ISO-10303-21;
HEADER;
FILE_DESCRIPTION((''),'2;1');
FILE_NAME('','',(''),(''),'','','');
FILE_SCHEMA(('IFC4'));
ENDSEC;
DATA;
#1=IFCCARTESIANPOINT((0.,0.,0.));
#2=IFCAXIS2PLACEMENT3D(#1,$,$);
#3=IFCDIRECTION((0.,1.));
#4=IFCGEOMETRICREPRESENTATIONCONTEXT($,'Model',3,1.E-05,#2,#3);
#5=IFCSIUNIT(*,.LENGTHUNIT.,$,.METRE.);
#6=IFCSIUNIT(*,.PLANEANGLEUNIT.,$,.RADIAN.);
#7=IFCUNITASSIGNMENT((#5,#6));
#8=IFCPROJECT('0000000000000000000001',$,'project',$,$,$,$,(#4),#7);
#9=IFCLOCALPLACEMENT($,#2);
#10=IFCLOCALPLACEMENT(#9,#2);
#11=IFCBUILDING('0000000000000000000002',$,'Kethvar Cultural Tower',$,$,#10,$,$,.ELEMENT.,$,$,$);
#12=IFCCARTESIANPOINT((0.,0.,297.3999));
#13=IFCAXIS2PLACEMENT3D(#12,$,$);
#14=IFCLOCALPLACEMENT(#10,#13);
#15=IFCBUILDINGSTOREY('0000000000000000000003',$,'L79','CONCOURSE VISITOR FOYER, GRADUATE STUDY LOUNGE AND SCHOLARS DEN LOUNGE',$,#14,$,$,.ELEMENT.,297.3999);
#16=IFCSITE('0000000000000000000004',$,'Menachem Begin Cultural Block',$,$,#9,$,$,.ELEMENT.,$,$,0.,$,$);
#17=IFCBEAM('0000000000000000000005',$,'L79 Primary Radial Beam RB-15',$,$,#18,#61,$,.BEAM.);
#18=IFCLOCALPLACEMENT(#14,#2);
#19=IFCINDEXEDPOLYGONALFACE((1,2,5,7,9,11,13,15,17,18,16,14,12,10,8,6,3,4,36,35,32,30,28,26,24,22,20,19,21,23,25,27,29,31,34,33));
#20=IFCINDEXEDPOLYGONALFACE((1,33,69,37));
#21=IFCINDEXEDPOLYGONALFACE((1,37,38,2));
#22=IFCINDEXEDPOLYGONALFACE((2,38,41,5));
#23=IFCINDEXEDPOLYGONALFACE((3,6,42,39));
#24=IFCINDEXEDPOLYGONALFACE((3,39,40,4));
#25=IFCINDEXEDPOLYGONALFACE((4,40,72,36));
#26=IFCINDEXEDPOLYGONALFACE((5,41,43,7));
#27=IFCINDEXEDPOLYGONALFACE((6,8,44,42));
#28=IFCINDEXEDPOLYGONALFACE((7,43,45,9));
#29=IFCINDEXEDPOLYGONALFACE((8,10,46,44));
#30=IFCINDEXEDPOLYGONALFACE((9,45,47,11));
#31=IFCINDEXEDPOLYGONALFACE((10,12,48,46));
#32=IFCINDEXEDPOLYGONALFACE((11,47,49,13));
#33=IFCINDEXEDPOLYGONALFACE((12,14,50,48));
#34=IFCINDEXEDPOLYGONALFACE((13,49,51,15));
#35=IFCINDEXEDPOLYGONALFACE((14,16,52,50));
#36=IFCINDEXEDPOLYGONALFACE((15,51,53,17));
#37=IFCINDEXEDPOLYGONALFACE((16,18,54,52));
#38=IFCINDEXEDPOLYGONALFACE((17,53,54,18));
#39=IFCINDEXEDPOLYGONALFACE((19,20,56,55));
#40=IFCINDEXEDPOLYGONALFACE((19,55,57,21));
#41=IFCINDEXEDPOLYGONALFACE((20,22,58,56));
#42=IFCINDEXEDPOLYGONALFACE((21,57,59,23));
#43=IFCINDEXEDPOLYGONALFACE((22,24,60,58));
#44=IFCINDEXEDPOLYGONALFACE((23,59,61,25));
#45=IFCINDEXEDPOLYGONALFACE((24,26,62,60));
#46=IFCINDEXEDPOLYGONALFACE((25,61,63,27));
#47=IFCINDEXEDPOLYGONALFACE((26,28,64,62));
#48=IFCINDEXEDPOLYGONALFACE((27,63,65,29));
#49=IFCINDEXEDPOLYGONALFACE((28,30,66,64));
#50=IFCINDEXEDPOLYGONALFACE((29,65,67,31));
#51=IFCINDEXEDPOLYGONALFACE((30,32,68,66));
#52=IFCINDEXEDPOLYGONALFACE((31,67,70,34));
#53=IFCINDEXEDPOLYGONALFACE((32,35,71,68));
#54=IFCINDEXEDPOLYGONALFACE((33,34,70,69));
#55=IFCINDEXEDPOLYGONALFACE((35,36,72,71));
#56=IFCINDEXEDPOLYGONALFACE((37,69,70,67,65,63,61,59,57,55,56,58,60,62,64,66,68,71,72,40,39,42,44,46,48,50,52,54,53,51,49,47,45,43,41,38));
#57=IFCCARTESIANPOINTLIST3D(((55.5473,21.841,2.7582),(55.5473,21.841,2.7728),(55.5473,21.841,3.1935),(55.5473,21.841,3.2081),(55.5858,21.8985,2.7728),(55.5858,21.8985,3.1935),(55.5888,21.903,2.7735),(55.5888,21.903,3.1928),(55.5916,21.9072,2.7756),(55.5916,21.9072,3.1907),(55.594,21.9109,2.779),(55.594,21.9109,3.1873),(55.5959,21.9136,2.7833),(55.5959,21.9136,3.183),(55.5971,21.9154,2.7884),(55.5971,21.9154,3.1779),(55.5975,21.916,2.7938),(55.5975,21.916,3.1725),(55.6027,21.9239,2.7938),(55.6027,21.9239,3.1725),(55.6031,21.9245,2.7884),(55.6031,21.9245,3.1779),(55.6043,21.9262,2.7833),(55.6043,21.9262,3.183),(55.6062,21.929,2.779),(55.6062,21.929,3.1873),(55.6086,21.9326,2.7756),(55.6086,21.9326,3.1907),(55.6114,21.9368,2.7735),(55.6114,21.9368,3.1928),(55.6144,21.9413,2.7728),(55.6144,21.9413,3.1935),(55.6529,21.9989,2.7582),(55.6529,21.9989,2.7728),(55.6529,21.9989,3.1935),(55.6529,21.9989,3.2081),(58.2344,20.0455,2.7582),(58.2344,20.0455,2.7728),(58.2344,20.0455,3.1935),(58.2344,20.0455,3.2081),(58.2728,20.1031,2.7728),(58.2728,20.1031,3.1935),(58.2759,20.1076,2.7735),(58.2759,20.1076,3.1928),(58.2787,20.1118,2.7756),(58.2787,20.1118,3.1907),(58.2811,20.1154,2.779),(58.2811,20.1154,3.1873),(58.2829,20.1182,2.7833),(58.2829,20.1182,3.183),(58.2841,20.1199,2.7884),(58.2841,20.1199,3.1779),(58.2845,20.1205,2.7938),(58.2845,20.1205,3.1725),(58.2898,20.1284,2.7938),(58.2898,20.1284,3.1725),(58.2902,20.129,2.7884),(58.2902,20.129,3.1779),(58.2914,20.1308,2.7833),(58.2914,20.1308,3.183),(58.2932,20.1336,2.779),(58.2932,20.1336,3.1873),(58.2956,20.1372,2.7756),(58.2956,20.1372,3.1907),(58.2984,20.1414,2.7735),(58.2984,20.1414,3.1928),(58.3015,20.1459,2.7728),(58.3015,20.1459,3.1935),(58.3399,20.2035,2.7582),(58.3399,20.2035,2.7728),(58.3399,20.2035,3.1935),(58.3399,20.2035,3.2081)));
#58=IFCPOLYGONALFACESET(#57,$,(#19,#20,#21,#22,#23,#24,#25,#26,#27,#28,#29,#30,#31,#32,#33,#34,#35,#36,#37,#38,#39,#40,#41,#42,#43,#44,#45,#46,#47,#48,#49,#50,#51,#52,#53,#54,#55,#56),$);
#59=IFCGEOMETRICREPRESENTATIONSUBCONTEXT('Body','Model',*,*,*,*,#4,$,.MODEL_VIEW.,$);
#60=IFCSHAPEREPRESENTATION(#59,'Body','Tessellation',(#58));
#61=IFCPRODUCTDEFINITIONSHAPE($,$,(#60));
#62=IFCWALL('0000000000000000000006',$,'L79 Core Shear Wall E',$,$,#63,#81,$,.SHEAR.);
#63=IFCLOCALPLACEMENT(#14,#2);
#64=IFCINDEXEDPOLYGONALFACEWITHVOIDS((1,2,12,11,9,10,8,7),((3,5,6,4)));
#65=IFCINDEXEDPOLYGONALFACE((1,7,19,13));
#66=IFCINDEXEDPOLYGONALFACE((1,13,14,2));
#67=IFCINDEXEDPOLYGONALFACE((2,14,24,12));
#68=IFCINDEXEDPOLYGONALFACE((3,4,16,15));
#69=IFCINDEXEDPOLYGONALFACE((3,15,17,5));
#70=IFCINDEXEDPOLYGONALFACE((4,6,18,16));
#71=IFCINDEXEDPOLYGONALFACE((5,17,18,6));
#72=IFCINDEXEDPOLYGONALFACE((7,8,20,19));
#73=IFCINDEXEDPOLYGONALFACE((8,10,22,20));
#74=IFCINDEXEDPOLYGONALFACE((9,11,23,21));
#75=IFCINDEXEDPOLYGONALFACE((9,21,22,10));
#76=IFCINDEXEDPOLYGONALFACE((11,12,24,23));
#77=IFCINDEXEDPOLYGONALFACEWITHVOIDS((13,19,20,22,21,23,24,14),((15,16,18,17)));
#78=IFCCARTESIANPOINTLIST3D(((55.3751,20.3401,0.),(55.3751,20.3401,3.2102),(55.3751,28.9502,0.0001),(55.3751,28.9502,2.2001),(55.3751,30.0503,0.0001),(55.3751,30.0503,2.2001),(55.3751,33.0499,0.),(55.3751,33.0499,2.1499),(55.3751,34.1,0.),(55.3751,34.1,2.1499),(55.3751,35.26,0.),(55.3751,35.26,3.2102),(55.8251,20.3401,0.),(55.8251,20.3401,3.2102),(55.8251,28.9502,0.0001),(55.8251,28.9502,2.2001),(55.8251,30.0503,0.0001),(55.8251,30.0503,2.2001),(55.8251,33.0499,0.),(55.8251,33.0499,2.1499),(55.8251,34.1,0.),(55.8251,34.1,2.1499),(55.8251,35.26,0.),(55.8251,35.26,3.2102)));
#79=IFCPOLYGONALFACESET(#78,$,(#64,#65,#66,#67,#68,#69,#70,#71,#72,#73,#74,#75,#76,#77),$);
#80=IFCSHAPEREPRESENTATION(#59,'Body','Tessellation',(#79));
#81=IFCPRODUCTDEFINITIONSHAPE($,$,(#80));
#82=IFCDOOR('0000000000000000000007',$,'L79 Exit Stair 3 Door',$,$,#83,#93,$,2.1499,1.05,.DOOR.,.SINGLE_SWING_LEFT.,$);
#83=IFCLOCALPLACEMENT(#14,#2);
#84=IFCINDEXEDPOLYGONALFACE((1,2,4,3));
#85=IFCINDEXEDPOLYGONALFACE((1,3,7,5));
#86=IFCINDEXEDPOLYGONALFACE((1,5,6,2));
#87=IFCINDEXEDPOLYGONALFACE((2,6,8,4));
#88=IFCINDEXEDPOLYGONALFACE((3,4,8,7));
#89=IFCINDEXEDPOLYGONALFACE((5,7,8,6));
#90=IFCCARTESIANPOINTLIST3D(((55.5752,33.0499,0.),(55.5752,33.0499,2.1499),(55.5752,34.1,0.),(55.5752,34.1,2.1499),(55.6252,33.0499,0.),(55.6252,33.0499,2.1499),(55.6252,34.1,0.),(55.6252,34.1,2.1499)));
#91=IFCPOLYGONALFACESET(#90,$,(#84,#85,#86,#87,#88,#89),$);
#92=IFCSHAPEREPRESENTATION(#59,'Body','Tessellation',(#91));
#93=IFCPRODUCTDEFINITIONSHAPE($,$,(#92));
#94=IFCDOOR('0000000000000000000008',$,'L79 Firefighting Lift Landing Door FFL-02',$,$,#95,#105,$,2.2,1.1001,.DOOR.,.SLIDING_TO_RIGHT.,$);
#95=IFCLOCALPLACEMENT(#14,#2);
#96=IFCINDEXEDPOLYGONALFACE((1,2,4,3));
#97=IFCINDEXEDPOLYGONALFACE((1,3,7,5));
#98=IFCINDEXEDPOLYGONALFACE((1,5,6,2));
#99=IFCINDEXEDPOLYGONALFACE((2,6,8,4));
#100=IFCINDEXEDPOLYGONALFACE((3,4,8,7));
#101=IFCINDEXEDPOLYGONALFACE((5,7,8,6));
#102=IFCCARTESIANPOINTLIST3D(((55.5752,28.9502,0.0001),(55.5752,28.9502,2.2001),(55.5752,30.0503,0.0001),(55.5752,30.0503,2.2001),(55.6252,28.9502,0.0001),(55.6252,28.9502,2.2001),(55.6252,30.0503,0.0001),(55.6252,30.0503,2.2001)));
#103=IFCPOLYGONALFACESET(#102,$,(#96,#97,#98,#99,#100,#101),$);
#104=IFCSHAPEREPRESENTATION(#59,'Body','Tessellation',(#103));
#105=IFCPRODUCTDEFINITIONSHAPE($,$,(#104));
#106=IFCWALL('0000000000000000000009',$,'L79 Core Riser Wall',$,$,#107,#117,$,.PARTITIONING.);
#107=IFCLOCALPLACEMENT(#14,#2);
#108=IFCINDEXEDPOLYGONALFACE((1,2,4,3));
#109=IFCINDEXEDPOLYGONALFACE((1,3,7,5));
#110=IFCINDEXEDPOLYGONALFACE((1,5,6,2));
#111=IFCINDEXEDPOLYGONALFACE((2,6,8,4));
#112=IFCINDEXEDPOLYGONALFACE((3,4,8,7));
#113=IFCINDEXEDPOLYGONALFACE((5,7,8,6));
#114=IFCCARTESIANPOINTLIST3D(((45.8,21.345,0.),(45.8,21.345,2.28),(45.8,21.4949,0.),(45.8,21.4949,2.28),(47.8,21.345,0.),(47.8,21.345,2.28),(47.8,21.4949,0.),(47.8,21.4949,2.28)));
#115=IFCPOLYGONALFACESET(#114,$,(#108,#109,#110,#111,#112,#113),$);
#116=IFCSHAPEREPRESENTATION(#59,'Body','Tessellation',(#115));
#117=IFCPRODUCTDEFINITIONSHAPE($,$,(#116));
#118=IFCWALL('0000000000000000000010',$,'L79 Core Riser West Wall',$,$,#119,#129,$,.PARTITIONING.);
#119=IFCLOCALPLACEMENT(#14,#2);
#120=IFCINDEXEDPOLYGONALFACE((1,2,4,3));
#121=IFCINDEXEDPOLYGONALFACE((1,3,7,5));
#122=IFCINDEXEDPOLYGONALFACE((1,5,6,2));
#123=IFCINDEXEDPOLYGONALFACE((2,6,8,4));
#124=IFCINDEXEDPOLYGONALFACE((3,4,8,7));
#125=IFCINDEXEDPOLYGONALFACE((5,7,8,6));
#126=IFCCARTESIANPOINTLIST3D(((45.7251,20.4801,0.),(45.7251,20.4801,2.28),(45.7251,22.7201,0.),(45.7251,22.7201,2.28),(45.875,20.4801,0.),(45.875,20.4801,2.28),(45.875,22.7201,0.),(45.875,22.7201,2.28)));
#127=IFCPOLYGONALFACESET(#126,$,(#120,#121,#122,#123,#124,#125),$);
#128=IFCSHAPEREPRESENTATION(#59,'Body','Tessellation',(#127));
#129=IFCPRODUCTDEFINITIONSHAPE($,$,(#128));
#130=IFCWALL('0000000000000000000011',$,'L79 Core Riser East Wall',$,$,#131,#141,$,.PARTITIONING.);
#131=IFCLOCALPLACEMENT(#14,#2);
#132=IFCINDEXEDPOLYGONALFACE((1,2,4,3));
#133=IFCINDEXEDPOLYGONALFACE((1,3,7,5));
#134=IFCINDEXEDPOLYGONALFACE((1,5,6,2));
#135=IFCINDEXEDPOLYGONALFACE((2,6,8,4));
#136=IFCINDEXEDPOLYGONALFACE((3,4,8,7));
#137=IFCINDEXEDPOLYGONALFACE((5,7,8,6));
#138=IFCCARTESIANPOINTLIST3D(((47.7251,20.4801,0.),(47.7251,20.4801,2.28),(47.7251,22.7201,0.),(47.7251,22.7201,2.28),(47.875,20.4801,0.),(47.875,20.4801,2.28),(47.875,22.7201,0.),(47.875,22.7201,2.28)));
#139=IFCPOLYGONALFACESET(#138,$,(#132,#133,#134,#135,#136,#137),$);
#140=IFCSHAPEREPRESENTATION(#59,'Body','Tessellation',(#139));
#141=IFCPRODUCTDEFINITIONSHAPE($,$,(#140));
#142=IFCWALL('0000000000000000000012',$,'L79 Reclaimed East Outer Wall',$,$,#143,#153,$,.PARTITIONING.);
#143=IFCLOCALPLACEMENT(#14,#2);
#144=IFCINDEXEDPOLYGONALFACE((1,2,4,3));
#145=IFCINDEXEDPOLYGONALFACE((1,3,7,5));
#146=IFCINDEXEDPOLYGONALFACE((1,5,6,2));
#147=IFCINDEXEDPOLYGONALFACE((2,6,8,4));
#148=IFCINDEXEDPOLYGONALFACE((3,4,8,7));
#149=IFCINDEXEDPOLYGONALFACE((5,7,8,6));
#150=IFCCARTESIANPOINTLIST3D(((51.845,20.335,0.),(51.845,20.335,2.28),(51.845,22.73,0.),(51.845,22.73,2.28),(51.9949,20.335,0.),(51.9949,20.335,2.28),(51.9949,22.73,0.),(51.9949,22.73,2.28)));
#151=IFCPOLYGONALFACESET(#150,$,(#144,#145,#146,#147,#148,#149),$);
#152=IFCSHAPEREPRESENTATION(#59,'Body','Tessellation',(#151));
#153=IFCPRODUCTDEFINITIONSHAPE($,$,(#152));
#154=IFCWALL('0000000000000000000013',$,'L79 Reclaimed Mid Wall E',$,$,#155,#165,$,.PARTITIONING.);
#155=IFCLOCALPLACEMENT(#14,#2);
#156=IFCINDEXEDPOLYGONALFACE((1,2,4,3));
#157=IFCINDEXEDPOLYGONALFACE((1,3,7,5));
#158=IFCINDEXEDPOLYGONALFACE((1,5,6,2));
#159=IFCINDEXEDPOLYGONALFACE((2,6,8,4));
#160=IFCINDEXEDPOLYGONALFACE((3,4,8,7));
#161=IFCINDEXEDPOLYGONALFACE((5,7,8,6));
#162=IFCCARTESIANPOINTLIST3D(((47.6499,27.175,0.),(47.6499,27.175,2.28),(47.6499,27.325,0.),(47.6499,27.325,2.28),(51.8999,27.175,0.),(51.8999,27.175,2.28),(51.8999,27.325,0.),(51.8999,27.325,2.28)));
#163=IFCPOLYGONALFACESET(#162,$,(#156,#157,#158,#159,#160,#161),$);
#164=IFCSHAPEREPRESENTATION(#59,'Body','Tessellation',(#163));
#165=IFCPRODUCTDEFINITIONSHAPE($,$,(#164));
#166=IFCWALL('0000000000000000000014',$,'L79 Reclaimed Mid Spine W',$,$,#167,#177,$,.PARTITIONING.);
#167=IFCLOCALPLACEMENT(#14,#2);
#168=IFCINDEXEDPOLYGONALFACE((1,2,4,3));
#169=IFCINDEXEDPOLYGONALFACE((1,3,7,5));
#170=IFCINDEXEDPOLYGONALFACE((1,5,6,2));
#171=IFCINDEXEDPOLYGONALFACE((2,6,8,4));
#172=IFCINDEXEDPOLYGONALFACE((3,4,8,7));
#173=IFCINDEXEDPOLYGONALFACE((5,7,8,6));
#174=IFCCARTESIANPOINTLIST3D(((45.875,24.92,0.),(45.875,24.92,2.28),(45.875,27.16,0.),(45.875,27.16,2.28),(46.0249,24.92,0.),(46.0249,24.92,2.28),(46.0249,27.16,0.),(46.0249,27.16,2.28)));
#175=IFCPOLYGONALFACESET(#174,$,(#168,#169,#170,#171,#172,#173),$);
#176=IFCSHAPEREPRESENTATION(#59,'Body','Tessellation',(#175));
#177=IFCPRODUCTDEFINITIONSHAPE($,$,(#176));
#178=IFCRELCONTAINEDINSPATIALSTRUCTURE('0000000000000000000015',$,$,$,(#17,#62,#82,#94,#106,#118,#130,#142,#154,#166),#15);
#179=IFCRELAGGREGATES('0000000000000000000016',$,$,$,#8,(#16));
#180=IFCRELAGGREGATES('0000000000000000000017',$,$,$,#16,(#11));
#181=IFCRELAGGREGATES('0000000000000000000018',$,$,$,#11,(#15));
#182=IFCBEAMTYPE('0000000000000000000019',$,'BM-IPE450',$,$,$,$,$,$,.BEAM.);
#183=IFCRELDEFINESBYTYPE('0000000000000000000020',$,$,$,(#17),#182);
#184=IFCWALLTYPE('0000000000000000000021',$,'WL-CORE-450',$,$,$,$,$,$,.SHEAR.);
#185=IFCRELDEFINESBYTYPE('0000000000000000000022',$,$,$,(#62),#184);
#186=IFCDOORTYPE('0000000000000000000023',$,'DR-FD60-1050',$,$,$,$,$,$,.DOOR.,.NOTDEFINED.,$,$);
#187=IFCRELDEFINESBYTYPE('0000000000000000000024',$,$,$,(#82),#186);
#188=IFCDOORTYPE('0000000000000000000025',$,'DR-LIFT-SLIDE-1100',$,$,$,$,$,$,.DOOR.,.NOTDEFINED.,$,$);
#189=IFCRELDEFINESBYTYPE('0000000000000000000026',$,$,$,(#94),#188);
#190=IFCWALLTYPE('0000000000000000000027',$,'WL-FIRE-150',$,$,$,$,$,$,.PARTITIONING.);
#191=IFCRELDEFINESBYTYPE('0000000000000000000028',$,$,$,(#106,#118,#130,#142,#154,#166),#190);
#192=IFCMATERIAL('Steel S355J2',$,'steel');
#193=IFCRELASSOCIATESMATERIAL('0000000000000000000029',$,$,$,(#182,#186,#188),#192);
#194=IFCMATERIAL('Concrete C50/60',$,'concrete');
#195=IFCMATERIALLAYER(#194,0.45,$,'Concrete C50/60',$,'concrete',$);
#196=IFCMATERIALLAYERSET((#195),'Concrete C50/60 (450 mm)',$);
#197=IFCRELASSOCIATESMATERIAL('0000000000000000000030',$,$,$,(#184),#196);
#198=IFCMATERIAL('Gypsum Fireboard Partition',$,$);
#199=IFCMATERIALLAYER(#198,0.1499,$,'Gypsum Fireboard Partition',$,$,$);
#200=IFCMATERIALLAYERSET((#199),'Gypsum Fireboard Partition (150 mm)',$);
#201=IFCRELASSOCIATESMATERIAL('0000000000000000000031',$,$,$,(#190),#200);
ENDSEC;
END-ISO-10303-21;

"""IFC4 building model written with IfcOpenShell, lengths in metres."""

from ifc_helpers import new_model, si_unit, direction, frame, frame_2d, origin, origin_2d, place, context, subcontext, project, spatial, rectangle, i_section, extrude, source, transform, mapped, material, layer, layer_set, material_profile, profile_set, type_object, element, fill, save


model = new_model("IFC4")

# Units and contexts
model_context = context("Model", 3, precision=1e-05, world=origin(), true_north=direction((0.0, 1.0)))
body_context = subcontext(model_context, "Body", "Model", "MODEL_VIEW")
ifc_project = project(units=[si_unit("LENGTHUNIT", "METRE"), si_unit("PLANEANGLEUNIT", "RADIAN")], contexts=[model_context])

# Site, building, storey
site_placement = place(None, origin())
site = spatial("IfcSite", under=ifc_project, at=site_placement, Name="Menachem Begin Cultural Block", CompositionType="ELEMENT", RefElevation=0.0)
building_placement = place(site_placement, origin())
building = spatial("IfcBuilding", under=site, at=building_placement, Name="Kethvar Cultural Tower", CompositionType="ELEMENT")
storey_placement = place(building_placement, frame((0.0, 0.0, 297.3999)))
storey = spatial("IfcBuildingStorey", under=building, at=storey_placement, Name="L79", Description="CONCOURSE VISITOR FOYER, GRADUATE STUDY LOUNGE AND SCHOLARS DEN LOUNGE", CompositionType="ELEMENT", Elevation=297.3999)

# Beam
ifc_material_1 = material(Name="Steel S355J2", Category="steel")
ifc_material_profile = material_profile(ifc_material_1, i_section(OverallWidth=0.1899, OverallDepth=0.45, WebThickness=0.0095, FlangeThickness=0.0146, FilletRadius=0.021, at=origin_2d()), Name="Steel S355J2 — IPE450")
ifc_profile_set = profile_set([ifc_material_profile], Name="Steel S355J2 — IPE450")
beam_type = type_object("IfcBeamType", Name="BM-IPE450", PredefinedType="BEAM", material=ifc_profile_set)
shared_shape_1 = source(origin(), body_context, "Body", "SweptSolid", [
    extrude(i_section(OverallWidth=0.1899, OverallDepth=0.45, WebThickness=0.0095, FlangeThickness=0.0146, FilletRadius=0.021, at=origin_2d()), origin(), (0.0, 0.0, 1.0), 3.2317),
])
beam_placement = place(storey_placement, frame((55.6001, 21.9199, 2.9832), z_axis=(0.831469, -0.555572, 0.0), x_axis=(0.555572, 0.831469, 0.0)))
element("IfcBeam", 1, at=beam_placement, inside=storey, type_object=beam_type, Name="L79 Primary Radial Beam RB-15", PredefinedType="BEAM", context=body_context, shape_type="MappedRepresentation", body=[
    mapped(shared_shape_1, transform((0.0, 0.0, 0.0), scale=1.0)),
])

# Wall, openings, doors
ifc_material_2 = material(Name="Concrete C50/60", Category="concrete")
ifc_layer_1 = layer(ifc_material_2, 0.45, Name="Concrete C50/60", Category="concrete")
ifc_layer_set_1 = layer_set([ifc_layer_1], Name="Concrete C50/60 (450 mm)")
wall_type_1 = type_object("IfcWallType", Name="WL-CORE-450", PredefinedType="SHEAR", material=ifc_layer_set_1)
wall_1_placement = place(storey_placement, frame((55.6001, 20.3401, 0.0), z_axis=(0.0, 0.0, 1.0), x_axis=(0.0, 1.0, 0.0)))
wall_1 = element("IfcWall", 2, at=wall_1_placement, inside=storey, type_object=wall_type_1, Name="L79 Core Shear Wall E", PredefinedType="SHEAR", context=body_context, shape_type="SweptSolid", body=[
    extrude(rectangle(XDim=14.9199, YDim=0.45, at=frame_2d((7.46, 0.0))), origin(), (0.0, 0.0, 1.0), 3.2102),
])
opening_1_placement = place(wall_1_placement, frame((12.71, 0.0, 0.0)))
opening_1 = element("IfcOpeningElement", 3, at=opening_1_placement, cuts=wall_1, PredefinedType="OPENING", context=body_context, shape_type="SweptSolid", body=[
    extrude(rectangle(XDim=1.05, YDim=2.1499, at=frame_2d((0.5249, 1.075))), frame((0.0, 0.2349, 0.0), z_axis=(0.0, -1.0, 0.0), x_axis=(1.0, 0.0, 0.0)), (0.0, 0.0, 1.0), 0.47),
])
opening_2_placement = place(wall_1_placement, frame((8.6101, 0.0, 0.0)))
opening_2 = element("IfcOpeningElement", 4, at=opening_2_placement, cuts=wall_1, PredefinedType="OPENING", context=body_context, shape_type="SweptSolid", body=[
    extrude(rectangle(XDim=1.1001, YDim=2.2, at=frame_2d((0.55, 1.1001))), frame((0.0, 0.2349, 0.0), z_axis=(0.0, -1.0, 0.0), x_axis=(1.0, 0.0, 0.0)), (0.0, 0.0, 1.0), 0.47),
])
door_type_1 = type_object("IfcDoorType", Name="DR-FD60-1050", OperationType="NOTDEFINED", PredefinedType="DOOR", material=ifc_material_1)
shared_shape_2 = source(origin(), body_context, "Body", "SweptSolid", [
    extrude(rectangle(XDim=1.05, YDim=2.1499, at=frame_2d((0.5249, 1.075))), frame((0.0, 0.0249, 0.0), z_axis=(0.0, -1.0, 0.0), x_axis=(1.0, 0.0, 0.0)), (0.0, 0.0, 1.0), 0.05),
])
door_1_placement = place(opening_1_placement, origin())
door_1 = element("IfcDoor", 5, at=door_1_placement, inside=storey, type_object=door_type_1, Name="L79 Exit Stair 3 Door", OperationType="SINGLE_SWING_LEFT", OverallHeight=2.1499, OverallWidth=1.05, PredefinedType="DOOR", context=body_context, shape_type="MappedRepresentation", body=[
    mapped(shared_shape_2, transform((0.0, 0.0, 0.0), scale=1.0)),
])
fill(opening_1, door_1)
door_type_2 = type_object("IfcDoorType", Name="DR-LIFT-SLIDE-1100", OperationType="NOTDEFINED", PredefinedType="DOOR", material=ifc_material_1)
shared_shape_3 = source(origin(), body_context, "Body", "SweptSolid", [
    extrude(rectangle(XDim=1.1001, YDim=2.2, at=frame_2d((0.55, 1.1001))), frame((0.0, 0.0249, 0.0), z_axis=(0.0, -1.0, 0.0), x_axis=(1.0, 0.0, 0.0)), (0.0, 0.0, 1.0), 0.05),
])
door_2_placement = place(opening_2_placement, origin())
door_2 = element("IfcDoor", 6, at=door_2_placement, inside=storey, type_object=door_type_2, Name="L79 Firefighting Lift Landing Door FFL-02", OperationType="SLIDING_TO_RIGHT", OverallHeight=2.2, OverallWidth=1.1001, PredefinedType="DOOR", context=body_context, shape_type="MappedRepresentation", body=[
    mapped(shared_shape_3, transform((0.0, 0.0, 0.0), scale=1.0)),
])
fill(opening_2, door_2)

# Walls
ifc_material_3 = material(Name="Gypsum Fireboard Partition")
ifc_layer_2 = layer(ifc_material_3, 0.1499, Name="Gypsum Fireboard Partition")
ifc_layer_set_2 = layer_set([ifc_layer_2], Name="Gypsum Fireboard Partition (150 mm)")
wall_type_2 = type_object("IfcWallType", Name="WL-FIRE-150", PredefinedType="PARTITIONING", material=ifc_layer_set_2)
wall_2_placement = place(storey_placement, frame((45.8, 21.4199, 0.0), z_axis=(0.0, 0.0, 1.0), x_axis=(1.0, 0.0, 0.0)))
element("IfcWall", 7, at=wall_2_placement, inside=storey, type_object=wall_type_2, Name="L79 Core Riser Wall", PredefinedType="PARTITIONING", context=body_context, shape_type="SweptSolid", body=[
    extrude(rectangle(XDim=2.0, YDim=0.1499, at=frame_2d((1.0, 0.0))), origin(), (0.0, 0.0, 1.0), 2.28),
])
for number, where, z_axis, x_axis, name in (
    (8, (45.8, 20.48, 0.0), (0.0, 0.0, 1.0), (0.0, 1.0, 0.0), "L79 Core Riser West Wall"),
    (9, (47.8, 20.48, 0.0), (0.0, 0.0, 1.0), (0.0, 1.0, 0.0), "L79 Core Riser East Wall"),
):
    element("IfcWall", number, at=place(storey_placement, frame(where, z_axis=z_axis, x_axis=x_axis)), inside=storey, type_object=wall_type_2, Name=name, PredefinedType="PARTITIONING", context=body_context, shape_type="SweptSolid", body=[
        extrude(rectangle(XDim=2.24, YDim=0.1499, at=frame_2d((1.1201, 0.0))), origin(), (0.0, 0.0, 1.0), 2.28),
    ])
wall_3_placement = place(storey_placement, frame((51.9199, 20.335, 0.0), z_axis=(0.0, 0.0, 1.0), x_axis=(0.0, 1.0, 0.0)))
element("IfcWall", 10, at=wall_3_placement, inside=storey, type_object=wall_type_2, Name="L79 Reclaimed East Outer Wall", PredefinedType="PARTITIONING", context=body_context, shape_type="SweptSolid", body=[
    extrude(rectangle(XDim=2.395, YDim=0.1499, at=frame_2d((1.1975, 0.0))), origin(), (0.0, 0.0, 1.0), 2.28),
])
wall_4_placement = place(storey_placement, frame((47.6499, 27.25, 0.0), z_axis=(0.0, 0.0, 1.0), x_axis=(1.0, 0.0, 0.0)))
element("IfcWall", 11, at=wall_4_placement, inside=storey, type_object=wall_type_2, Name="L79 Reclaimed Mid Wall E", PredefinedType="PARTITIONING", context=body_context, shape_type="SweptSolid", body=[
    extrude(rectangle(XDim=4.25, YDim=0.1499, at=frame_2d((2.125, 0.0))), origin(), (0.0, 0.0, 1.0), 2.28),
])
for number, where, z_axis, x_axis, name in (
    (12, (45.95, 24.9199, 0.0), (0.0, 0.0, 1.0), (0.0, 1.0, 0.0), "L79 Reclaimed Mid Spine W"),
):
    element("IfcWall", number, at=place(storey_placement, frame(where, z_axis=z_axis, x_axis=x_axis)), inside=storey, type_object=wall_type_2, Name=name, PredefinedType="PARTITIONING", context=body_context, shape_type="SweptSolid", body=[
        extrude(rectangle(XDim=2.24, YDim=0.1499, at=frame_2d((1.1201, 0.0))), origin(), (0.0, 0.0, 1.0), 2.28),
    ])

save(model, "model.ifc")
